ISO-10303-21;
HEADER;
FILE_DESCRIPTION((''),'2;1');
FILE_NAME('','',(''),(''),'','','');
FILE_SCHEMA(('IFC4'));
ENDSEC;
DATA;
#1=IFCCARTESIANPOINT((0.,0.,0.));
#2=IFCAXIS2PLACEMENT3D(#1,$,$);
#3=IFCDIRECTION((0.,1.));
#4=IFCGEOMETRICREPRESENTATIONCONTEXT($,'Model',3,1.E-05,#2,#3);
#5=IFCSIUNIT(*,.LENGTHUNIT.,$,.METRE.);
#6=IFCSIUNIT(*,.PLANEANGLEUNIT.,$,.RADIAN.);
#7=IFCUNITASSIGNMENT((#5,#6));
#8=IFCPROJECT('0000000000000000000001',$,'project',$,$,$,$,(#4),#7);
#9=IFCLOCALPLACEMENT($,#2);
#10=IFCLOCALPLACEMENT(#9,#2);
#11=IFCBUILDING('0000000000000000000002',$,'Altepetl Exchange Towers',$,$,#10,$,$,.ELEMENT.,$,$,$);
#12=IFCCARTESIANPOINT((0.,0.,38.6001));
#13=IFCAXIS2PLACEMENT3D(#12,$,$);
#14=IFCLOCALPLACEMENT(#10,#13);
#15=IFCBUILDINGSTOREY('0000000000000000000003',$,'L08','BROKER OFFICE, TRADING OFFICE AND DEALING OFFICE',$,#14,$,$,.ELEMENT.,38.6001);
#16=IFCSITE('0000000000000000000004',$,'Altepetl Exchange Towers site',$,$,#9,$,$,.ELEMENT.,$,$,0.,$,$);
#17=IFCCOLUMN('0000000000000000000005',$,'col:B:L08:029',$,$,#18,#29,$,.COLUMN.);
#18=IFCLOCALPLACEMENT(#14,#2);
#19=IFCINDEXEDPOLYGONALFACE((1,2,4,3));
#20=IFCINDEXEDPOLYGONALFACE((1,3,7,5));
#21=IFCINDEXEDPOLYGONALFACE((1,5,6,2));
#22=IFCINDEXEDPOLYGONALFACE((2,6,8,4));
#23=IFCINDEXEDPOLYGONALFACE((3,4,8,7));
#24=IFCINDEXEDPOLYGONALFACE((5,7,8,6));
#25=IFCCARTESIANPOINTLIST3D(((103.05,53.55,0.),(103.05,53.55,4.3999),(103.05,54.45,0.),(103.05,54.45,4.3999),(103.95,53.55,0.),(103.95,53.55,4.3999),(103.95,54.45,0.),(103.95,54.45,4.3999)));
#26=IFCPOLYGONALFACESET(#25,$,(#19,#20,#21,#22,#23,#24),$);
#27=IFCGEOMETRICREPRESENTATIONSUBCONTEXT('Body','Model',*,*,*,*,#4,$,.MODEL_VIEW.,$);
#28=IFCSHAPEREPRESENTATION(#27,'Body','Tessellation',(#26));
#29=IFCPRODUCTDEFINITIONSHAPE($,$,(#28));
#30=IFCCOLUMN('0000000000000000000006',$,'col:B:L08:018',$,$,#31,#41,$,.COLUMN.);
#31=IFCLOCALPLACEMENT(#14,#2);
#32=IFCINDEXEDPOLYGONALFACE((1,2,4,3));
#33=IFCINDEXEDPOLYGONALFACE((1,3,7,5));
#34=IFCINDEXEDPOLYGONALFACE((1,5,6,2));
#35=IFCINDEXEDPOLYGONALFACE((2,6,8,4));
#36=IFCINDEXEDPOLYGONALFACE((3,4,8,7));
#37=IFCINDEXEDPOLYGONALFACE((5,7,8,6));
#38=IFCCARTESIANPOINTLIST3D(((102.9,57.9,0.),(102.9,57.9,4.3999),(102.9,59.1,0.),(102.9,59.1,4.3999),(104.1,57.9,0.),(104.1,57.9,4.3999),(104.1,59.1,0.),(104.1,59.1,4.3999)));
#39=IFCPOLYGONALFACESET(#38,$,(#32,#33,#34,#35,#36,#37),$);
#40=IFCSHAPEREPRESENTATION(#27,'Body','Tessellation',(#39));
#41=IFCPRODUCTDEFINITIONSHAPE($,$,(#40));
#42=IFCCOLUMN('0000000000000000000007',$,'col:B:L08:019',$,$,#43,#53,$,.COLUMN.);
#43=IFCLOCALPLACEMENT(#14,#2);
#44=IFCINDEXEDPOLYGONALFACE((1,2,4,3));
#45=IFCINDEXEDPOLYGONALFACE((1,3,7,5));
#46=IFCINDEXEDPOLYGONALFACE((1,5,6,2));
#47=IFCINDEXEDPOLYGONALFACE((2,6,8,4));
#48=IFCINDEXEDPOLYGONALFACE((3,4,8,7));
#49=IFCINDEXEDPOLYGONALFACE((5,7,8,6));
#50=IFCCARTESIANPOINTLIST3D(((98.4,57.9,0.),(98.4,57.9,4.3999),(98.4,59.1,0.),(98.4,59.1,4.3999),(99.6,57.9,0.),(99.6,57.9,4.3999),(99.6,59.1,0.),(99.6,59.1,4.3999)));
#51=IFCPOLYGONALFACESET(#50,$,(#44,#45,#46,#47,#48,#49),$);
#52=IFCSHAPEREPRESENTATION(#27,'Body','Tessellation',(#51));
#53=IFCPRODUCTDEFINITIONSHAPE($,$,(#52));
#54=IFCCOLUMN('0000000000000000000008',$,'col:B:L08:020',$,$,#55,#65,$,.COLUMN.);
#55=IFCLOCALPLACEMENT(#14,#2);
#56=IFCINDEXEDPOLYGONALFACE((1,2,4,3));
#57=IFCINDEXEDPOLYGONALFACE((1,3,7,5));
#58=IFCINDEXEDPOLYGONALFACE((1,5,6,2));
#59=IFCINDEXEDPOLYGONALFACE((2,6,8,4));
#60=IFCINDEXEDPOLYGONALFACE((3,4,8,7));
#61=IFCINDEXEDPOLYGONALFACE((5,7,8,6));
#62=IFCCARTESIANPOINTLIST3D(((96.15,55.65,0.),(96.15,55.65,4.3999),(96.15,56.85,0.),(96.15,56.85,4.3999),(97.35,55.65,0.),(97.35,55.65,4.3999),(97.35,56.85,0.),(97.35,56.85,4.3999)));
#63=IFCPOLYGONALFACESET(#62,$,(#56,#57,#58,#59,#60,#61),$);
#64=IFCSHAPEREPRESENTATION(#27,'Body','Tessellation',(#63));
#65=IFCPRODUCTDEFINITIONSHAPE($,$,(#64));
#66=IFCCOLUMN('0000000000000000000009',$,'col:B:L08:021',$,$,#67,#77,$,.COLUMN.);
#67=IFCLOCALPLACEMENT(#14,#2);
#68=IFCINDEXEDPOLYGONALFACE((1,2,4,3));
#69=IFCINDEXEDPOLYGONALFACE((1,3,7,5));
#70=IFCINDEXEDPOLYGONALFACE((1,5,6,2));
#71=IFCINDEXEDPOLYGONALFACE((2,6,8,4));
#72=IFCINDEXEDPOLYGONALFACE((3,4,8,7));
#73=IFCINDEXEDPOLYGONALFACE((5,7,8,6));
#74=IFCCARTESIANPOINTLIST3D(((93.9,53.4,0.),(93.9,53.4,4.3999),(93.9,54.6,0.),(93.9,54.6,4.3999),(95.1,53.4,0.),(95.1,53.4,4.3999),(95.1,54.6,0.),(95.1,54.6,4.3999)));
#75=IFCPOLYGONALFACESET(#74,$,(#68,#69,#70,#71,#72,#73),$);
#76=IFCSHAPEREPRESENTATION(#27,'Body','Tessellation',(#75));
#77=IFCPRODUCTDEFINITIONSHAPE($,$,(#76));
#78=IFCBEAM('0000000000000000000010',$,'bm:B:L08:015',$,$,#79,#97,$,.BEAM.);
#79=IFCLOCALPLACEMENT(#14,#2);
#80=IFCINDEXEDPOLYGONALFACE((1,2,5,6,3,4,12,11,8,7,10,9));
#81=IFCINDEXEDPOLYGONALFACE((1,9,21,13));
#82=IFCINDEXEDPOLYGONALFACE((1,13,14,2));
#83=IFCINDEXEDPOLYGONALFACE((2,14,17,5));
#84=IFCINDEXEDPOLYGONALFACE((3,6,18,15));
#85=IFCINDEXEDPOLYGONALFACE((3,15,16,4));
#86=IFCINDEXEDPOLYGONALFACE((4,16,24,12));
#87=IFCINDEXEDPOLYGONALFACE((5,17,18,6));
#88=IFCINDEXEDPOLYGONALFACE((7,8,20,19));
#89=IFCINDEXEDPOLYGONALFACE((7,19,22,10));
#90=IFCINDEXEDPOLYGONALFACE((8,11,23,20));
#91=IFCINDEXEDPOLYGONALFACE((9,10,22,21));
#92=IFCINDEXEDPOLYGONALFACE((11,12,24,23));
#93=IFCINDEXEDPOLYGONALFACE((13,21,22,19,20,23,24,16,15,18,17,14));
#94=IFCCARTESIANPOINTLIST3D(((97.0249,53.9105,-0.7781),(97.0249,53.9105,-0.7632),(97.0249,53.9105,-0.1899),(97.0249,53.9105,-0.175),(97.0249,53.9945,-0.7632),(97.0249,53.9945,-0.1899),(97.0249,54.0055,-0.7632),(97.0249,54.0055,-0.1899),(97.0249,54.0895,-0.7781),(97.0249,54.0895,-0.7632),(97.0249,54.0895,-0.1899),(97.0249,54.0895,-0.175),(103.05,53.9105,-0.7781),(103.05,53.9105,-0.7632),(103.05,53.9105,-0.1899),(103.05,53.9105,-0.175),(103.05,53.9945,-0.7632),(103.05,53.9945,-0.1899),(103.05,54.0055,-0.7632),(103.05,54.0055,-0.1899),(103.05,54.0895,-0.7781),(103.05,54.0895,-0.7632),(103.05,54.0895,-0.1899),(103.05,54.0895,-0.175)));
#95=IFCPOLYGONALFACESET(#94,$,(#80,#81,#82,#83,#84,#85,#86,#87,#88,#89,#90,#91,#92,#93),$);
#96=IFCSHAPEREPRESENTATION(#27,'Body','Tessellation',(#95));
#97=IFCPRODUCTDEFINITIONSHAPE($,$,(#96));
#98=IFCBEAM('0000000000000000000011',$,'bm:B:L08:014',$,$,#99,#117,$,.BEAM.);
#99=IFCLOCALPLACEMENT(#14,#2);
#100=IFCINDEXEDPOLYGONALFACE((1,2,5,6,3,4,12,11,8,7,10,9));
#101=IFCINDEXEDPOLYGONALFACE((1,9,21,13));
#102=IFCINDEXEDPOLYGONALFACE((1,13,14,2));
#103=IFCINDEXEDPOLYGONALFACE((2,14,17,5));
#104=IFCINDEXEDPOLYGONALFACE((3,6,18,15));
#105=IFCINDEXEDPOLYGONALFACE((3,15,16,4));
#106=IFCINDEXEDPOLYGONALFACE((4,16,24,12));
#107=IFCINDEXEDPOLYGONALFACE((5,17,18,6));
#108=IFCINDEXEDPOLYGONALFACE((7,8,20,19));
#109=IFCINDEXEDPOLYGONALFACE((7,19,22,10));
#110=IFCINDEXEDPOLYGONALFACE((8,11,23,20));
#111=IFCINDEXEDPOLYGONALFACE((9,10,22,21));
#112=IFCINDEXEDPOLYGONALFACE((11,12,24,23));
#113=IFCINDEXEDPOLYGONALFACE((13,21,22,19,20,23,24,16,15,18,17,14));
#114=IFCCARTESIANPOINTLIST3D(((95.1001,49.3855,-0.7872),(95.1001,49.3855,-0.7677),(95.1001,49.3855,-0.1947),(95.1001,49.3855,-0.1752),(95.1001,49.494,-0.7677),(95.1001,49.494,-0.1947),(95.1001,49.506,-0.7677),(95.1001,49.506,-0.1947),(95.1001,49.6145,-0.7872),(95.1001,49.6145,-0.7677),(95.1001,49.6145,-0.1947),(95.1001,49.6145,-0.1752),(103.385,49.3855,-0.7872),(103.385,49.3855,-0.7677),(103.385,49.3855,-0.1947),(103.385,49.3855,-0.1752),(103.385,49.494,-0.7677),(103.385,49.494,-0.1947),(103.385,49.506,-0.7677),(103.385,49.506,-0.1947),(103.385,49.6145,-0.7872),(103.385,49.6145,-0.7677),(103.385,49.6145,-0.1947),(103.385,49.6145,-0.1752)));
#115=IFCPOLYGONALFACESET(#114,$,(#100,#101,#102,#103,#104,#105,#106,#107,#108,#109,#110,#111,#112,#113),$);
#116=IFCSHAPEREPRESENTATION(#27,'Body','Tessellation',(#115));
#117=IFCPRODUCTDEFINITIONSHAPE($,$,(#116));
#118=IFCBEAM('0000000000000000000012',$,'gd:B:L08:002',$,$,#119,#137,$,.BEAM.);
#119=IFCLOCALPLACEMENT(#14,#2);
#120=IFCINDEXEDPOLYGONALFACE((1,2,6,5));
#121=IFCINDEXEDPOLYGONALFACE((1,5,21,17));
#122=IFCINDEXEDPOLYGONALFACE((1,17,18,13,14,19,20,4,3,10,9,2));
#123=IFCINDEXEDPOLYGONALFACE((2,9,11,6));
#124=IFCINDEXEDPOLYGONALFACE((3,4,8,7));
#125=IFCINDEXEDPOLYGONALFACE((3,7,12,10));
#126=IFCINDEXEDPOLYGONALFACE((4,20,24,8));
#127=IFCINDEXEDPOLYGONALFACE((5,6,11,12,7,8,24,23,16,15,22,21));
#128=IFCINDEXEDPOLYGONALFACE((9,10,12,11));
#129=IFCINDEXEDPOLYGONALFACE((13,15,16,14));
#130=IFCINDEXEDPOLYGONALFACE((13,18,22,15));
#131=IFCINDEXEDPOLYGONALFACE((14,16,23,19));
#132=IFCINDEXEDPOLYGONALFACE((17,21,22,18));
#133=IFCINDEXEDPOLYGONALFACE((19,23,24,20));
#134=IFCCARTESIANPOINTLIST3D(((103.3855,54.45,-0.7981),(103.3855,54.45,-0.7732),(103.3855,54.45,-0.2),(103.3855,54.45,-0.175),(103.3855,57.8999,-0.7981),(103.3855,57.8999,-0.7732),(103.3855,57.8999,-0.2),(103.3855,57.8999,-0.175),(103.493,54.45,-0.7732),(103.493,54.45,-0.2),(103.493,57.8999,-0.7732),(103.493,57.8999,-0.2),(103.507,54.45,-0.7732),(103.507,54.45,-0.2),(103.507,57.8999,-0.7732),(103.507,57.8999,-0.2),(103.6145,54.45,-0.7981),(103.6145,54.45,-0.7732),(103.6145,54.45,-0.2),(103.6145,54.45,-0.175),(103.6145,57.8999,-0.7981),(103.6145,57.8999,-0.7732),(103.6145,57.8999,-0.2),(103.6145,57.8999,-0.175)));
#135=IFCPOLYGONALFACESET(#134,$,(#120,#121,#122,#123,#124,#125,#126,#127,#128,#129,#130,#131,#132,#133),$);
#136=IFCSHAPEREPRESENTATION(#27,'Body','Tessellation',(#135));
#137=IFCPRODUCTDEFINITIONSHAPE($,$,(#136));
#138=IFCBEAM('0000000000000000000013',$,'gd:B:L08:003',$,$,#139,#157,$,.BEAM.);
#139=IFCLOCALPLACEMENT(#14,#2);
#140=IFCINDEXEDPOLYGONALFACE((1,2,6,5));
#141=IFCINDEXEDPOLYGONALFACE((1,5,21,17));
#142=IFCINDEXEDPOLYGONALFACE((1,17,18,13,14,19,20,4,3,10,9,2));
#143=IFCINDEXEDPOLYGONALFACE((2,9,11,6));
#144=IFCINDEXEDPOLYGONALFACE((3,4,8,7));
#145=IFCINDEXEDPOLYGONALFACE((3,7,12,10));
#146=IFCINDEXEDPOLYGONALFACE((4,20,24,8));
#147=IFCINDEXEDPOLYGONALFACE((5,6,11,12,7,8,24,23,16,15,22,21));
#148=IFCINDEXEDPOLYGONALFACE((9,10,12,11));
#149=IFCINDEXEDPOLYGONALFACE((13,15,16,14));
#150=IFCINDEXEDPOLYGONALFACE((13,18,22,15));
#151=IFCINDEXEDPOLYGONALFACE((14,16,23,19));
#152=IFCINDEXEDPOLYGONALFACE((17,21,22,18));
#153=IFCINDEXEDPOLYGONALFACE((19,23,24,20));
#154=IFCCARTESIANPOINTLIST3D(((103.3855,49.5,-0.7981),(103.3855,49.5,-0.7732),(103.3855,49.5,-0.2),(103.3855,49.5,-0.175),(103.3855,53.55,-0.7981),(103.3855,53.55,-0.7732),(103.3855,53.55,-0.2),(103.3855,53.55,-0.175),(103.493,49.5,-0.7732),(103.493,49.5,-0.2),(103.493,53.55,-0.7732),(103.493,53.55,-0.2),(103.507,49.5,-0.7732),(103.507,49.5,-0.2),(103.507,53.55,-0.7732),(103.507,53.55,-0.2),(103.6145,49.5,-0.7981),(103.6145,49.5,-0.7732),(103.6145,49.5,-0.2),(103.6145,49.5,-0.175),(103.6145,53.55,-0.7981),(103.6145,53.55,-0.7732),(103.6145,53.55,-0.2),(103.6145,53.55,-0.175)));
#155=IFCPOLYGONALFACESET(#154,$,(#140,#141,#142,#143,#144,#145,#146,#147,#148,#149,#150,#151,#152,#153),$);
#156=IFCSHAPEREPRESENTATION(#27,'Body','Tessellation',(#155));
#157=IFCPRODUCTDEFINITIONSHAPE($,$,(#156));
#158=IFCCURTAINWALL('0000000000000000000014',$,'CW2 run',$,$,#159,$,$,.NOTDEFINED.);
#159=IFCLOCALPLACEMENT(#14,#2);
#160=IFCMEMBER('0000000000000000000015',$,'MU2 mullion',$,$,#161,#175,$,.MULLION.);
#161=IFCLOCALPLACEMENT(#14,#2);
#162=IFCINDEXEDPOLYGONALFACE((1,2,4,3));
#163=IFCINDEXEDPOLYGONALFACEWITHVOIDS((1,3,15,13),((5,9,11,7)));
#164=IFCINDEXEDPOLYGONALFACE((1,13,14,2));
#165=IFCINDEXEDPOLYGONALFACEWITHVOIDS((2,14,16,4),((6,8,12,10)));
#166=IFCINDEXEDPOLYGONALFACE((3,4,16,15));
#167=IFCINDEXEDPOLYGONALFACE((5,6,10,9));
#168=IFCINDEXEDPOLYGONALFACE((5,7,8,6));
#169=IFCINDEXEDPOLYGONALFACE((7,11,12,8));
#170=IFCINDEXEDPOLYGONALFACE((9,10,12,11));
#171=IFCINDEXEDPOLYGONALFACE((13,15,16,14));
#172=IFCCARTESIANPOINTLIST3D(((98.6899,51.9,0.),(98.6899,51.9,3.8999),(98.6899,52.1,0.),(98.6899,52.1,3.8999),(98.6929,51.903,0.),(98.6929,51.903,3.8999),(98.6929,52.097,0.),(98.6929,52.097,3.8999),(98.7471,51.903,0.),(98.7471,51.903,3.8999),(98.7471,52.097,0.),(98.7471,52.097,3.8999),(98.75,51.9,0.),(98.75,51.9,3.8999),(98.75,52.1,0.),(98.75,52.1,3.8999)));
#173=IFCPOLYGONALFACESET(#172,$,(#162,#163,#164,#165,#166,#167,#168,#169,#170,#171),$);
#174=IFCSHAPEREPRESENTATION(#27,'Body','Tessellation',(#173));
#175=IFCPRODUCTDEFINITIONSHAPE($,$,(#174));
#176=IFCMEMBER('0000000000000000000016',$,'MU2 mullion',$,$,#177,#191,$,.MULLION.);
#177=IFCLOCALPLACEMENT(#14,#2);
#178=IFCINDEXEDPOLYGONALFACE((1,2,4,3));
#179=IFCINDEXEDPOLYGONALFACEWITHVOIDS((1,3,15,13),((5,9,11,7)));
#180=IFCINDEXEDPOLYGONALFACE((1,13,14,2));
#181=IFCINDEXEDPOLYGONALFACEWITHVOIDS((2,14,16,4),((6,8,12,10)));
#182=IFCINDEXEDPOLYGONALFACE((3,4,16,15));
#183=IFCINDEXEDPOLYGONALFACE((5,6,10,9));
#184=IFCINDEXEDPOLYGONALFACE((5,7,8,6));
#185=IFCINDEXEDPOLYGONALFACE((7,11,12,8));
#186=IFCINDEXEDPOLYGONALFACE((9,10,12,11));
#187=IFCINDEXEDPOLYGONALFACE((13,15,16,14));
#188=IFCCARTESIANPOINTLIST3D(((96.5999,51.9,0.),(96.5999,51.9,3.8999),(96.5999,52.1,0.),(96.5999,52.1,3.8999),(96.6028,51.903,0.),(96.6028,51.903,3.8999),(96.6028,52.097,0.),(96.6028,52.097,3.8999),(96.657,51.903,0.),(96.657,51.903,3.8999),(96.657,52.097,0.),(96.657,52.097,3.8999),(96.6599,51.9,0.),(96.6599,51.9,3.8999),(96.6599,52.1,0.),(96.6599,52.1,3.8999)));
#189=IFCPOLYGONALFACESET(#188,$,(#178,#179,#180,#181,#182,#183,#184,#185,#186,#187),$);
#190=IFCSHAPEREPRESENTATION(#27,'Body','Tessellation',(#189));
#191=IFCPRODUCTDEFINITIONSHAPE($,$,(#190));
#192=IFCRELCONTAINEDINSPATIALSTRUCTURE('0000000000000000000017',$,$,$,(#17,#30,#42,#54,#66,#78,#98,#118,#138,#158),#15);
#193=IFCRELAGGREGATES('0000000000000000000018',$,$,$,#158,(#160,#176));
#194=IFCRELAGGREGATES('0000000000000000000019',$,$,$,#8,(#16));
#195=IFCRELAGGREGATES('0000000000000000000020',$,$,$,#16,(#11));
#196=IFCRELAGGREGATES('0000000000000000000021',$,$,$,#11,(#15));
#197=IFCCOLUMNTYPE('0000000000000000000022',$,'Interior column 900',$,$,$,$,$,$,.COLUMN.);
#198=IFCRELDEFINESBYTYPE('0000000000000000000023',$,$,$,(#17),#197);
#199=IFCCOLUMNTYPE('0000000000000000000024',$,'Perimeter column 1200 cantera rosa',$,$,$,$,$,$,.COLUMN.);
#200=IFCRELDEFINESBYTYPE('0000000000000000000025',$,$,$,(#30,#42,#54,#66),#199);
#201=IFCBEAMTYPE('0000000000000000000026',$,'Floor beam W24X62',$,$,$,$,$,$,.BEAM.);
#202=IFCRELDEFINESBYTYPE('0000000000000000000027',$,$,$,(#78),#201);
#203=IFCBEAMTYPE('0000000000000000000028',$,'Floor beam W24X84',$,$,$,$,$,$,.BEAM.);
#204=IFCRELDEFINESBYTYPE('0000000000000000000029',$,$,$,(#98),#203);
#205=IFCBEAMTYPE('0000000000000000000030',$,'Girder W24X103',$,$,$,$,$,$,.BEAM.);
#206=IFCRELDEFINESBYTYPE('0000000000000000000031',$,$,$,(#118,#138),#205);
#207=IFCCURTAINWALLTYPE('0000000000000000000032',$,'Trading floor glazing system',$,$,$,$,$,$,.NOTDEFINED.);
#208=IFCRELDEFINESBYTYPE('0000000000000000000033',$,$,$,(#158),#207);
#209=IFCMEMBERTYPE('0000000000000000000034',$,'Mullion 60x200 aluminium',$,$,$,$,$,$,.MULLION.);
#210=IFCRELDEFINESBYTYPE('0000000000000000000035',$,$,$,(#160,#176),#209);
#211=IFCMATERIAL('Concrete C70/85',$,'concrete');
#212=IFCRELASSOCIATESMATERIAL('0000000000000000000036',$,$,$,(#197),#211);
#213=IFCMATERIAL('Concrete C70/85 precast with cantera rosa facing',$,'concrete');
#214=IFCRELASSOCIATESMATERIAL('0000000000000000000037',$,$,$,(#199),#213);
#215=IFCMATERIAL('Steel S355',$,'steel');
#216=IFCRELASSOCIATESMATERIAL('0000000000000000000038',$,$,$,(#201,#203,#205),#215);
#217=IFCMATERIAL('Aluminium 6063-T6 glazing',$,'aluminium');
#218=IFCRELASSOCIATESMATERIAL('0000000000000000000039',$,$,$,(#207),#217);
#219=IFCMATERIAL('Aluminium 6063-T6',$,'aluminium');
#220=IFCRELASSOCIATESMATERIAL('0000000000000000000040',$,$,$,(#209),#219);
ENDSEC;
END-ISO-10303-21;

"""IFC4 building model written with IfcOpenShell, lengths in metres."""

from ifc_helpers import new_model, si_unit, direction, frame, origin, origin_2d, place, context, subcontext, project, spatial, rectangle, hollow_rectangle, i_section, extrude, material, material_profile, profile_set, type_object, element, aggregate, save


model = new_model("IFC4")

# Units and contexts
model_context = context("Model", 3, precision=1e-05, world=origin(), true_north=direction((0.0, 1.0)))
body_context = subcontext(model_context, "Body", "Model", "MODEL_VIEW")
ifc_project = project(units=[si_unit("LENGTHUNIT", "METRE"), si_unit("PLANEANGLEUNIT", "RADIAN")], contexts=[model_context])

# Site, building, storey
site_placement = place(None, origin())
site = spatial("IfcSite", under=ifc_project, at=site_placement, Name="Altepetl Exchange Towers site", CompositionType="ELEMENT", RefElevation=0.0)
building_placement = place(site_placement, origin())
building = spatial("IfcBuilding", under=site, at=building_placement, Name="Altepetl Exchange Towers", CompositionType="ELEMENT")
storey_placement = place(building_placement, frame((0.0, 0.0, 38.6001)))
storey = spatial("IfcBuildingStorey", under=building, at=storey_placement, Name="L08", Description="BROKER OFFICE, TRADING OFFICE AND DEALING OFFICE", CompositionType="ELEMENT", Elevation=38.6001)

# Columns
ifc_material_1 = material(Name="Concrete C70/85", Category="concrete")
ifc_material_profile_1 = material_profile(ifc_material_1, rectangle(XDim=0.8999, YDim=0.8999, at=origin_2d()), Name="900 x 900")
ifc_profile_set_1 = profile_set([ifc_material_profile_1], Name="Concrete C70/85")
column_type_1 = type_object("IfcColumnType", Name="Interior column 900", PredefinedType="COLUMN", material=ifc_profile_set_1)
column_placement = place(storey_placement, frame((103.5, 54.0, 0.0)))
element("IfcColumn", 1, at=column_placement, inside=storey, type_object=column_type_1, Name="col:B:L08:029", PredefinedType="COLUMN", context=body_context, shape_type="SweptSolid", body=[
    extrude(rectangle(XDim=0.8999, YDim=0.8999, at=origin_2d()), origin(), (0.0, 0.0, 1.0), 4.3999),
])
ifc_material_2 = material(Name="Concrete C70/85 precast with cantera rosa facing", Category="concrete")
ifc_material_profile_2 = material_profile(ifc_material_2, rectangle(XDim=1.2, YDim=1.2, at=origin_2d()), Name="1200 x 1200")
ifc_profile_set_2 = profile_set([ifc_material_profile_2], Name="Concrete C70/85 precast with cantera rosa facing")
column_type_2 = type_object("IfcColumnType", Name="Perimeter column 1200 cantera rosa", PredefinedType="COLUMN", material=ifc_profile_set_2)
for number, where, name in (
    (2, (103.5, 58.5, 0.0), "col:B:L08:018"),
    (3, (99.0, 58.5, 0.0), "col:B:L08:019"),
    (4, (96.75, 56.25, 0.0), "col:B:L08:020"),
    (5, (94.5, 54.0, 0.0), "col:B:L08:021"),
):
    element("IfcColumn", number, at=place(storey_placement, frame(where)), inside=storey, type_object=column_type_2, Name=name, PredefinedType="COLUMN", context=body_context, shape_type="SweptSolid", body=[
        extrude(rectangle(XDim=1.2, YDim=1.2, at=origin_2d()), origin(), (0.0, 0.0, 1.0), 4.3999),
    ])

# Beams
ifc_material_3 = material(Name="Steel S355", Category="steel")
ifc_material_profile_3 = material_profile(ifc_material_3, i_section(OverallWidth=0.179, OverallDepth=0.603, WebThickness=0.011, FlangeThickness=0.0149, at=origin_2d()), Name="W24X62")
ifc_profile_set_3 = profile_set([ifc_material_profile_3], Name="Steel S355")
beam_type_1 = type_object("IfcBeamType", Name="Floor beam W24X62", PredefinedType="BEAM", material=ifc_profile_set_3)
beam_1_placement = place(storey_placement, frame((97.0249, 54.0, -0.4766), z_axis=(1.0, 0.0, 0.0), x_axis=(0.0, 1.0, 0.0)))
element("IfcBeam", 6, at=beam_1_placement, inside=storey, type_object=beam_type_1, Name="bm:B:L08:015", PredefinedType="BEAM", context=body_context, shape_type="SweptSolid", body=[
    extrude(i_section(OverallWidth=0.179, OverallDepth=0.603, WebThickness=0.011, FlangeThickness=0.0149, at=origin_2d()), origin(), (0.0, 0.0, 1.0), 6.0251),
])
ifc_material_profile_4 = material_profile(ifc_material_3, i_section(OverallWidth=0.229, OverallDepth=0.6121, WebThickness=0.012, FlangeThickness=0.0195, at=origin_2d()), Name="W24X84")
ifc_profile_set_4 = profile_set([ifc_material_profile_4], Name="Steel S355")
beam_type_2 = type_object("IfcBeamType", Name="Floor beam W24X84", PredefinedType="BEAM", material=ifc_profile_set_4)
beam_2_placement = place(storey_placement, frame((95.1001, 49.5, -0.4812), z_axis=(1.0, 0.0, 0.0), x_axis=(0.0, 1.0, 0.0)))
element("IfcBeam", 7, at=beam_2_placement, inside=storey, type_object=beam_type_2, Name="bm:B:L08:014", PredefinedType="BEAM", context=body_context, shape_type="SweptSolid", body=[
    extrude(i_section(OverallWidth=0.229, OverallDepth=0.6121, WebThickness=0.012, FlangeThickness=0.0195, at=origin_2d()), origin(), (0.0, 0.0, 1.0), 8.2849),
])
ifc_material_profile_5 = material_profile(ifc_material_3, i_section(OverallWidth=0.229, OverallDepth=0.623, WebThickness=0.0139, FlangeThickness=0.0249, at=origin_2d()), Name="W24X103")
ifc_profile_set_5 = profile_set([ifc_material_profile_5], Name="Steel S355")
beam_type_3 = type_object("IfcBeamType", Name="Girder W24X103", PredefinedType="BEAM", material=ifc_profile_set_5)
beam_3_placement = place(storey_placement, frame((103.5, 57.8999, -0.4866), z_axis=(0.0, -1.0, 0.0), x_axis=(1.0, 0.0, 0.0)))
element("IfcBeam", 8, at=beam_3_placement, inside=storey, type_object=beam_type_3, Name="gd:B:L08:002", PredefinedType="BEAM", context=body_context, shape_type="SweptSolid", body=[
    extrude(i_section(OverallWidth=0.229, OverallDepth=0.623, WebThickness=0.0139, FlangeThickness=0.0249, at=origin_2d()), origin(), (0.0, 0.0, 1.0), 3.45),
])
beam_4_placement = place(storey_placement, frame((103.5, 53.55, -0.4866), z_axis=(0.0, -1.0, 0.0), x_axis=(1.0, 0.0, 0.0)))
element("IfcBeam", 9, at=beam_4_placement, inside=storey, type_object=beam_type_3, Name="gd:B:L08:003", PredefinedType="BEAM", context=body_context, shape_type="SweptSolid", body=[
    extrude(i_section(OverallWidth=0.229, OverallDepth=0.623, WebThickness=0.0139, FlangeThickness=0.0249, at=origin_2d()), origin(), (0.0, 0.0, 1.0), 4.05),
])

# Curtain wall, members
ifc_material_4 = material(Name="Aluminium 6063-T6 glazing", Category="aluminium")
curtain_wall_type = type_object("IfcCurtainWallType", Name="Trading floor glazing system", PredefinedType="NOTDEFINED", material=ifc_material_4)
curtain_wall_1_placement = place(storey_placement, origin())
curtain_wall_1 = element("IfcCurtainWall", 10, at=curtain_wall_1_placement, inside=storey, type_object=curtain_wall_type, Name="CW2 run", PredefinedType="NOTDEFINED")
ifc_material_5 = material(Name="Aluminium 6063-T6", Category="aluminium")
ifc_material_profile_6 = material_profile(ifc_material_5, hollow_rectangle(XDim=0.0601, YDim=0.2, WallThickness=0.0029, at=origin_2d()), Name="Mullion 60x200 aluminium")
ifc_profile_set_6 = profile_set([ifc_material_profile_6], Name="Aluminium 6063-T6")
member_type = type_object("IfcMemberType", Name="Mullion 60x200 aluminium", PredefinedType="MULLION", material=ifc_profile_set_6)
member_1_placement = place(storey_placement, frame((98.72, 52.0, 0.0), z_axis=(0.0, 0.0, 1.0), x_axis=(-1.0, 0.0, 0.0)))
member_1 = element("IfcMember", 11, at=member_1_placement, type_object=member_type, Name="MU2 mullion", PredefinedType="MULLION", context=body_context, shape_type="SweptSolid", body=[
    extrude(hollow_rectangle(XDim=0.0601, YDim=0.2, WallThickness=0.0029, at=origin_2d()), origin(), (0.0, 0.0, 1.0), 3.8999),
])
member_2_placement = place(storey_placement, frame((96.6299, 52.0, 0.0), z_axis=(0.0, 0.0, 1.0), x_axis=(-1.0, 0.0, 0.0)))
member_2 = element("IfcMember", 12, at=member_2_placement, type_object=member_type, Name="MU2 mullion", PredefinedType="MULLION", context=body_context, shape_type="SweptSolid", body=[
    extrude(hollow_rectangle(XDim=0.0601, YDim=0.2, WallThickness=0.0029, at=origin_2d()), origin(), (0.0, 0.0, 1.0), 3.8999),
])

aggregate(curtain_wall_1, [member_1, member_2])

save(model, "model.ifc")
